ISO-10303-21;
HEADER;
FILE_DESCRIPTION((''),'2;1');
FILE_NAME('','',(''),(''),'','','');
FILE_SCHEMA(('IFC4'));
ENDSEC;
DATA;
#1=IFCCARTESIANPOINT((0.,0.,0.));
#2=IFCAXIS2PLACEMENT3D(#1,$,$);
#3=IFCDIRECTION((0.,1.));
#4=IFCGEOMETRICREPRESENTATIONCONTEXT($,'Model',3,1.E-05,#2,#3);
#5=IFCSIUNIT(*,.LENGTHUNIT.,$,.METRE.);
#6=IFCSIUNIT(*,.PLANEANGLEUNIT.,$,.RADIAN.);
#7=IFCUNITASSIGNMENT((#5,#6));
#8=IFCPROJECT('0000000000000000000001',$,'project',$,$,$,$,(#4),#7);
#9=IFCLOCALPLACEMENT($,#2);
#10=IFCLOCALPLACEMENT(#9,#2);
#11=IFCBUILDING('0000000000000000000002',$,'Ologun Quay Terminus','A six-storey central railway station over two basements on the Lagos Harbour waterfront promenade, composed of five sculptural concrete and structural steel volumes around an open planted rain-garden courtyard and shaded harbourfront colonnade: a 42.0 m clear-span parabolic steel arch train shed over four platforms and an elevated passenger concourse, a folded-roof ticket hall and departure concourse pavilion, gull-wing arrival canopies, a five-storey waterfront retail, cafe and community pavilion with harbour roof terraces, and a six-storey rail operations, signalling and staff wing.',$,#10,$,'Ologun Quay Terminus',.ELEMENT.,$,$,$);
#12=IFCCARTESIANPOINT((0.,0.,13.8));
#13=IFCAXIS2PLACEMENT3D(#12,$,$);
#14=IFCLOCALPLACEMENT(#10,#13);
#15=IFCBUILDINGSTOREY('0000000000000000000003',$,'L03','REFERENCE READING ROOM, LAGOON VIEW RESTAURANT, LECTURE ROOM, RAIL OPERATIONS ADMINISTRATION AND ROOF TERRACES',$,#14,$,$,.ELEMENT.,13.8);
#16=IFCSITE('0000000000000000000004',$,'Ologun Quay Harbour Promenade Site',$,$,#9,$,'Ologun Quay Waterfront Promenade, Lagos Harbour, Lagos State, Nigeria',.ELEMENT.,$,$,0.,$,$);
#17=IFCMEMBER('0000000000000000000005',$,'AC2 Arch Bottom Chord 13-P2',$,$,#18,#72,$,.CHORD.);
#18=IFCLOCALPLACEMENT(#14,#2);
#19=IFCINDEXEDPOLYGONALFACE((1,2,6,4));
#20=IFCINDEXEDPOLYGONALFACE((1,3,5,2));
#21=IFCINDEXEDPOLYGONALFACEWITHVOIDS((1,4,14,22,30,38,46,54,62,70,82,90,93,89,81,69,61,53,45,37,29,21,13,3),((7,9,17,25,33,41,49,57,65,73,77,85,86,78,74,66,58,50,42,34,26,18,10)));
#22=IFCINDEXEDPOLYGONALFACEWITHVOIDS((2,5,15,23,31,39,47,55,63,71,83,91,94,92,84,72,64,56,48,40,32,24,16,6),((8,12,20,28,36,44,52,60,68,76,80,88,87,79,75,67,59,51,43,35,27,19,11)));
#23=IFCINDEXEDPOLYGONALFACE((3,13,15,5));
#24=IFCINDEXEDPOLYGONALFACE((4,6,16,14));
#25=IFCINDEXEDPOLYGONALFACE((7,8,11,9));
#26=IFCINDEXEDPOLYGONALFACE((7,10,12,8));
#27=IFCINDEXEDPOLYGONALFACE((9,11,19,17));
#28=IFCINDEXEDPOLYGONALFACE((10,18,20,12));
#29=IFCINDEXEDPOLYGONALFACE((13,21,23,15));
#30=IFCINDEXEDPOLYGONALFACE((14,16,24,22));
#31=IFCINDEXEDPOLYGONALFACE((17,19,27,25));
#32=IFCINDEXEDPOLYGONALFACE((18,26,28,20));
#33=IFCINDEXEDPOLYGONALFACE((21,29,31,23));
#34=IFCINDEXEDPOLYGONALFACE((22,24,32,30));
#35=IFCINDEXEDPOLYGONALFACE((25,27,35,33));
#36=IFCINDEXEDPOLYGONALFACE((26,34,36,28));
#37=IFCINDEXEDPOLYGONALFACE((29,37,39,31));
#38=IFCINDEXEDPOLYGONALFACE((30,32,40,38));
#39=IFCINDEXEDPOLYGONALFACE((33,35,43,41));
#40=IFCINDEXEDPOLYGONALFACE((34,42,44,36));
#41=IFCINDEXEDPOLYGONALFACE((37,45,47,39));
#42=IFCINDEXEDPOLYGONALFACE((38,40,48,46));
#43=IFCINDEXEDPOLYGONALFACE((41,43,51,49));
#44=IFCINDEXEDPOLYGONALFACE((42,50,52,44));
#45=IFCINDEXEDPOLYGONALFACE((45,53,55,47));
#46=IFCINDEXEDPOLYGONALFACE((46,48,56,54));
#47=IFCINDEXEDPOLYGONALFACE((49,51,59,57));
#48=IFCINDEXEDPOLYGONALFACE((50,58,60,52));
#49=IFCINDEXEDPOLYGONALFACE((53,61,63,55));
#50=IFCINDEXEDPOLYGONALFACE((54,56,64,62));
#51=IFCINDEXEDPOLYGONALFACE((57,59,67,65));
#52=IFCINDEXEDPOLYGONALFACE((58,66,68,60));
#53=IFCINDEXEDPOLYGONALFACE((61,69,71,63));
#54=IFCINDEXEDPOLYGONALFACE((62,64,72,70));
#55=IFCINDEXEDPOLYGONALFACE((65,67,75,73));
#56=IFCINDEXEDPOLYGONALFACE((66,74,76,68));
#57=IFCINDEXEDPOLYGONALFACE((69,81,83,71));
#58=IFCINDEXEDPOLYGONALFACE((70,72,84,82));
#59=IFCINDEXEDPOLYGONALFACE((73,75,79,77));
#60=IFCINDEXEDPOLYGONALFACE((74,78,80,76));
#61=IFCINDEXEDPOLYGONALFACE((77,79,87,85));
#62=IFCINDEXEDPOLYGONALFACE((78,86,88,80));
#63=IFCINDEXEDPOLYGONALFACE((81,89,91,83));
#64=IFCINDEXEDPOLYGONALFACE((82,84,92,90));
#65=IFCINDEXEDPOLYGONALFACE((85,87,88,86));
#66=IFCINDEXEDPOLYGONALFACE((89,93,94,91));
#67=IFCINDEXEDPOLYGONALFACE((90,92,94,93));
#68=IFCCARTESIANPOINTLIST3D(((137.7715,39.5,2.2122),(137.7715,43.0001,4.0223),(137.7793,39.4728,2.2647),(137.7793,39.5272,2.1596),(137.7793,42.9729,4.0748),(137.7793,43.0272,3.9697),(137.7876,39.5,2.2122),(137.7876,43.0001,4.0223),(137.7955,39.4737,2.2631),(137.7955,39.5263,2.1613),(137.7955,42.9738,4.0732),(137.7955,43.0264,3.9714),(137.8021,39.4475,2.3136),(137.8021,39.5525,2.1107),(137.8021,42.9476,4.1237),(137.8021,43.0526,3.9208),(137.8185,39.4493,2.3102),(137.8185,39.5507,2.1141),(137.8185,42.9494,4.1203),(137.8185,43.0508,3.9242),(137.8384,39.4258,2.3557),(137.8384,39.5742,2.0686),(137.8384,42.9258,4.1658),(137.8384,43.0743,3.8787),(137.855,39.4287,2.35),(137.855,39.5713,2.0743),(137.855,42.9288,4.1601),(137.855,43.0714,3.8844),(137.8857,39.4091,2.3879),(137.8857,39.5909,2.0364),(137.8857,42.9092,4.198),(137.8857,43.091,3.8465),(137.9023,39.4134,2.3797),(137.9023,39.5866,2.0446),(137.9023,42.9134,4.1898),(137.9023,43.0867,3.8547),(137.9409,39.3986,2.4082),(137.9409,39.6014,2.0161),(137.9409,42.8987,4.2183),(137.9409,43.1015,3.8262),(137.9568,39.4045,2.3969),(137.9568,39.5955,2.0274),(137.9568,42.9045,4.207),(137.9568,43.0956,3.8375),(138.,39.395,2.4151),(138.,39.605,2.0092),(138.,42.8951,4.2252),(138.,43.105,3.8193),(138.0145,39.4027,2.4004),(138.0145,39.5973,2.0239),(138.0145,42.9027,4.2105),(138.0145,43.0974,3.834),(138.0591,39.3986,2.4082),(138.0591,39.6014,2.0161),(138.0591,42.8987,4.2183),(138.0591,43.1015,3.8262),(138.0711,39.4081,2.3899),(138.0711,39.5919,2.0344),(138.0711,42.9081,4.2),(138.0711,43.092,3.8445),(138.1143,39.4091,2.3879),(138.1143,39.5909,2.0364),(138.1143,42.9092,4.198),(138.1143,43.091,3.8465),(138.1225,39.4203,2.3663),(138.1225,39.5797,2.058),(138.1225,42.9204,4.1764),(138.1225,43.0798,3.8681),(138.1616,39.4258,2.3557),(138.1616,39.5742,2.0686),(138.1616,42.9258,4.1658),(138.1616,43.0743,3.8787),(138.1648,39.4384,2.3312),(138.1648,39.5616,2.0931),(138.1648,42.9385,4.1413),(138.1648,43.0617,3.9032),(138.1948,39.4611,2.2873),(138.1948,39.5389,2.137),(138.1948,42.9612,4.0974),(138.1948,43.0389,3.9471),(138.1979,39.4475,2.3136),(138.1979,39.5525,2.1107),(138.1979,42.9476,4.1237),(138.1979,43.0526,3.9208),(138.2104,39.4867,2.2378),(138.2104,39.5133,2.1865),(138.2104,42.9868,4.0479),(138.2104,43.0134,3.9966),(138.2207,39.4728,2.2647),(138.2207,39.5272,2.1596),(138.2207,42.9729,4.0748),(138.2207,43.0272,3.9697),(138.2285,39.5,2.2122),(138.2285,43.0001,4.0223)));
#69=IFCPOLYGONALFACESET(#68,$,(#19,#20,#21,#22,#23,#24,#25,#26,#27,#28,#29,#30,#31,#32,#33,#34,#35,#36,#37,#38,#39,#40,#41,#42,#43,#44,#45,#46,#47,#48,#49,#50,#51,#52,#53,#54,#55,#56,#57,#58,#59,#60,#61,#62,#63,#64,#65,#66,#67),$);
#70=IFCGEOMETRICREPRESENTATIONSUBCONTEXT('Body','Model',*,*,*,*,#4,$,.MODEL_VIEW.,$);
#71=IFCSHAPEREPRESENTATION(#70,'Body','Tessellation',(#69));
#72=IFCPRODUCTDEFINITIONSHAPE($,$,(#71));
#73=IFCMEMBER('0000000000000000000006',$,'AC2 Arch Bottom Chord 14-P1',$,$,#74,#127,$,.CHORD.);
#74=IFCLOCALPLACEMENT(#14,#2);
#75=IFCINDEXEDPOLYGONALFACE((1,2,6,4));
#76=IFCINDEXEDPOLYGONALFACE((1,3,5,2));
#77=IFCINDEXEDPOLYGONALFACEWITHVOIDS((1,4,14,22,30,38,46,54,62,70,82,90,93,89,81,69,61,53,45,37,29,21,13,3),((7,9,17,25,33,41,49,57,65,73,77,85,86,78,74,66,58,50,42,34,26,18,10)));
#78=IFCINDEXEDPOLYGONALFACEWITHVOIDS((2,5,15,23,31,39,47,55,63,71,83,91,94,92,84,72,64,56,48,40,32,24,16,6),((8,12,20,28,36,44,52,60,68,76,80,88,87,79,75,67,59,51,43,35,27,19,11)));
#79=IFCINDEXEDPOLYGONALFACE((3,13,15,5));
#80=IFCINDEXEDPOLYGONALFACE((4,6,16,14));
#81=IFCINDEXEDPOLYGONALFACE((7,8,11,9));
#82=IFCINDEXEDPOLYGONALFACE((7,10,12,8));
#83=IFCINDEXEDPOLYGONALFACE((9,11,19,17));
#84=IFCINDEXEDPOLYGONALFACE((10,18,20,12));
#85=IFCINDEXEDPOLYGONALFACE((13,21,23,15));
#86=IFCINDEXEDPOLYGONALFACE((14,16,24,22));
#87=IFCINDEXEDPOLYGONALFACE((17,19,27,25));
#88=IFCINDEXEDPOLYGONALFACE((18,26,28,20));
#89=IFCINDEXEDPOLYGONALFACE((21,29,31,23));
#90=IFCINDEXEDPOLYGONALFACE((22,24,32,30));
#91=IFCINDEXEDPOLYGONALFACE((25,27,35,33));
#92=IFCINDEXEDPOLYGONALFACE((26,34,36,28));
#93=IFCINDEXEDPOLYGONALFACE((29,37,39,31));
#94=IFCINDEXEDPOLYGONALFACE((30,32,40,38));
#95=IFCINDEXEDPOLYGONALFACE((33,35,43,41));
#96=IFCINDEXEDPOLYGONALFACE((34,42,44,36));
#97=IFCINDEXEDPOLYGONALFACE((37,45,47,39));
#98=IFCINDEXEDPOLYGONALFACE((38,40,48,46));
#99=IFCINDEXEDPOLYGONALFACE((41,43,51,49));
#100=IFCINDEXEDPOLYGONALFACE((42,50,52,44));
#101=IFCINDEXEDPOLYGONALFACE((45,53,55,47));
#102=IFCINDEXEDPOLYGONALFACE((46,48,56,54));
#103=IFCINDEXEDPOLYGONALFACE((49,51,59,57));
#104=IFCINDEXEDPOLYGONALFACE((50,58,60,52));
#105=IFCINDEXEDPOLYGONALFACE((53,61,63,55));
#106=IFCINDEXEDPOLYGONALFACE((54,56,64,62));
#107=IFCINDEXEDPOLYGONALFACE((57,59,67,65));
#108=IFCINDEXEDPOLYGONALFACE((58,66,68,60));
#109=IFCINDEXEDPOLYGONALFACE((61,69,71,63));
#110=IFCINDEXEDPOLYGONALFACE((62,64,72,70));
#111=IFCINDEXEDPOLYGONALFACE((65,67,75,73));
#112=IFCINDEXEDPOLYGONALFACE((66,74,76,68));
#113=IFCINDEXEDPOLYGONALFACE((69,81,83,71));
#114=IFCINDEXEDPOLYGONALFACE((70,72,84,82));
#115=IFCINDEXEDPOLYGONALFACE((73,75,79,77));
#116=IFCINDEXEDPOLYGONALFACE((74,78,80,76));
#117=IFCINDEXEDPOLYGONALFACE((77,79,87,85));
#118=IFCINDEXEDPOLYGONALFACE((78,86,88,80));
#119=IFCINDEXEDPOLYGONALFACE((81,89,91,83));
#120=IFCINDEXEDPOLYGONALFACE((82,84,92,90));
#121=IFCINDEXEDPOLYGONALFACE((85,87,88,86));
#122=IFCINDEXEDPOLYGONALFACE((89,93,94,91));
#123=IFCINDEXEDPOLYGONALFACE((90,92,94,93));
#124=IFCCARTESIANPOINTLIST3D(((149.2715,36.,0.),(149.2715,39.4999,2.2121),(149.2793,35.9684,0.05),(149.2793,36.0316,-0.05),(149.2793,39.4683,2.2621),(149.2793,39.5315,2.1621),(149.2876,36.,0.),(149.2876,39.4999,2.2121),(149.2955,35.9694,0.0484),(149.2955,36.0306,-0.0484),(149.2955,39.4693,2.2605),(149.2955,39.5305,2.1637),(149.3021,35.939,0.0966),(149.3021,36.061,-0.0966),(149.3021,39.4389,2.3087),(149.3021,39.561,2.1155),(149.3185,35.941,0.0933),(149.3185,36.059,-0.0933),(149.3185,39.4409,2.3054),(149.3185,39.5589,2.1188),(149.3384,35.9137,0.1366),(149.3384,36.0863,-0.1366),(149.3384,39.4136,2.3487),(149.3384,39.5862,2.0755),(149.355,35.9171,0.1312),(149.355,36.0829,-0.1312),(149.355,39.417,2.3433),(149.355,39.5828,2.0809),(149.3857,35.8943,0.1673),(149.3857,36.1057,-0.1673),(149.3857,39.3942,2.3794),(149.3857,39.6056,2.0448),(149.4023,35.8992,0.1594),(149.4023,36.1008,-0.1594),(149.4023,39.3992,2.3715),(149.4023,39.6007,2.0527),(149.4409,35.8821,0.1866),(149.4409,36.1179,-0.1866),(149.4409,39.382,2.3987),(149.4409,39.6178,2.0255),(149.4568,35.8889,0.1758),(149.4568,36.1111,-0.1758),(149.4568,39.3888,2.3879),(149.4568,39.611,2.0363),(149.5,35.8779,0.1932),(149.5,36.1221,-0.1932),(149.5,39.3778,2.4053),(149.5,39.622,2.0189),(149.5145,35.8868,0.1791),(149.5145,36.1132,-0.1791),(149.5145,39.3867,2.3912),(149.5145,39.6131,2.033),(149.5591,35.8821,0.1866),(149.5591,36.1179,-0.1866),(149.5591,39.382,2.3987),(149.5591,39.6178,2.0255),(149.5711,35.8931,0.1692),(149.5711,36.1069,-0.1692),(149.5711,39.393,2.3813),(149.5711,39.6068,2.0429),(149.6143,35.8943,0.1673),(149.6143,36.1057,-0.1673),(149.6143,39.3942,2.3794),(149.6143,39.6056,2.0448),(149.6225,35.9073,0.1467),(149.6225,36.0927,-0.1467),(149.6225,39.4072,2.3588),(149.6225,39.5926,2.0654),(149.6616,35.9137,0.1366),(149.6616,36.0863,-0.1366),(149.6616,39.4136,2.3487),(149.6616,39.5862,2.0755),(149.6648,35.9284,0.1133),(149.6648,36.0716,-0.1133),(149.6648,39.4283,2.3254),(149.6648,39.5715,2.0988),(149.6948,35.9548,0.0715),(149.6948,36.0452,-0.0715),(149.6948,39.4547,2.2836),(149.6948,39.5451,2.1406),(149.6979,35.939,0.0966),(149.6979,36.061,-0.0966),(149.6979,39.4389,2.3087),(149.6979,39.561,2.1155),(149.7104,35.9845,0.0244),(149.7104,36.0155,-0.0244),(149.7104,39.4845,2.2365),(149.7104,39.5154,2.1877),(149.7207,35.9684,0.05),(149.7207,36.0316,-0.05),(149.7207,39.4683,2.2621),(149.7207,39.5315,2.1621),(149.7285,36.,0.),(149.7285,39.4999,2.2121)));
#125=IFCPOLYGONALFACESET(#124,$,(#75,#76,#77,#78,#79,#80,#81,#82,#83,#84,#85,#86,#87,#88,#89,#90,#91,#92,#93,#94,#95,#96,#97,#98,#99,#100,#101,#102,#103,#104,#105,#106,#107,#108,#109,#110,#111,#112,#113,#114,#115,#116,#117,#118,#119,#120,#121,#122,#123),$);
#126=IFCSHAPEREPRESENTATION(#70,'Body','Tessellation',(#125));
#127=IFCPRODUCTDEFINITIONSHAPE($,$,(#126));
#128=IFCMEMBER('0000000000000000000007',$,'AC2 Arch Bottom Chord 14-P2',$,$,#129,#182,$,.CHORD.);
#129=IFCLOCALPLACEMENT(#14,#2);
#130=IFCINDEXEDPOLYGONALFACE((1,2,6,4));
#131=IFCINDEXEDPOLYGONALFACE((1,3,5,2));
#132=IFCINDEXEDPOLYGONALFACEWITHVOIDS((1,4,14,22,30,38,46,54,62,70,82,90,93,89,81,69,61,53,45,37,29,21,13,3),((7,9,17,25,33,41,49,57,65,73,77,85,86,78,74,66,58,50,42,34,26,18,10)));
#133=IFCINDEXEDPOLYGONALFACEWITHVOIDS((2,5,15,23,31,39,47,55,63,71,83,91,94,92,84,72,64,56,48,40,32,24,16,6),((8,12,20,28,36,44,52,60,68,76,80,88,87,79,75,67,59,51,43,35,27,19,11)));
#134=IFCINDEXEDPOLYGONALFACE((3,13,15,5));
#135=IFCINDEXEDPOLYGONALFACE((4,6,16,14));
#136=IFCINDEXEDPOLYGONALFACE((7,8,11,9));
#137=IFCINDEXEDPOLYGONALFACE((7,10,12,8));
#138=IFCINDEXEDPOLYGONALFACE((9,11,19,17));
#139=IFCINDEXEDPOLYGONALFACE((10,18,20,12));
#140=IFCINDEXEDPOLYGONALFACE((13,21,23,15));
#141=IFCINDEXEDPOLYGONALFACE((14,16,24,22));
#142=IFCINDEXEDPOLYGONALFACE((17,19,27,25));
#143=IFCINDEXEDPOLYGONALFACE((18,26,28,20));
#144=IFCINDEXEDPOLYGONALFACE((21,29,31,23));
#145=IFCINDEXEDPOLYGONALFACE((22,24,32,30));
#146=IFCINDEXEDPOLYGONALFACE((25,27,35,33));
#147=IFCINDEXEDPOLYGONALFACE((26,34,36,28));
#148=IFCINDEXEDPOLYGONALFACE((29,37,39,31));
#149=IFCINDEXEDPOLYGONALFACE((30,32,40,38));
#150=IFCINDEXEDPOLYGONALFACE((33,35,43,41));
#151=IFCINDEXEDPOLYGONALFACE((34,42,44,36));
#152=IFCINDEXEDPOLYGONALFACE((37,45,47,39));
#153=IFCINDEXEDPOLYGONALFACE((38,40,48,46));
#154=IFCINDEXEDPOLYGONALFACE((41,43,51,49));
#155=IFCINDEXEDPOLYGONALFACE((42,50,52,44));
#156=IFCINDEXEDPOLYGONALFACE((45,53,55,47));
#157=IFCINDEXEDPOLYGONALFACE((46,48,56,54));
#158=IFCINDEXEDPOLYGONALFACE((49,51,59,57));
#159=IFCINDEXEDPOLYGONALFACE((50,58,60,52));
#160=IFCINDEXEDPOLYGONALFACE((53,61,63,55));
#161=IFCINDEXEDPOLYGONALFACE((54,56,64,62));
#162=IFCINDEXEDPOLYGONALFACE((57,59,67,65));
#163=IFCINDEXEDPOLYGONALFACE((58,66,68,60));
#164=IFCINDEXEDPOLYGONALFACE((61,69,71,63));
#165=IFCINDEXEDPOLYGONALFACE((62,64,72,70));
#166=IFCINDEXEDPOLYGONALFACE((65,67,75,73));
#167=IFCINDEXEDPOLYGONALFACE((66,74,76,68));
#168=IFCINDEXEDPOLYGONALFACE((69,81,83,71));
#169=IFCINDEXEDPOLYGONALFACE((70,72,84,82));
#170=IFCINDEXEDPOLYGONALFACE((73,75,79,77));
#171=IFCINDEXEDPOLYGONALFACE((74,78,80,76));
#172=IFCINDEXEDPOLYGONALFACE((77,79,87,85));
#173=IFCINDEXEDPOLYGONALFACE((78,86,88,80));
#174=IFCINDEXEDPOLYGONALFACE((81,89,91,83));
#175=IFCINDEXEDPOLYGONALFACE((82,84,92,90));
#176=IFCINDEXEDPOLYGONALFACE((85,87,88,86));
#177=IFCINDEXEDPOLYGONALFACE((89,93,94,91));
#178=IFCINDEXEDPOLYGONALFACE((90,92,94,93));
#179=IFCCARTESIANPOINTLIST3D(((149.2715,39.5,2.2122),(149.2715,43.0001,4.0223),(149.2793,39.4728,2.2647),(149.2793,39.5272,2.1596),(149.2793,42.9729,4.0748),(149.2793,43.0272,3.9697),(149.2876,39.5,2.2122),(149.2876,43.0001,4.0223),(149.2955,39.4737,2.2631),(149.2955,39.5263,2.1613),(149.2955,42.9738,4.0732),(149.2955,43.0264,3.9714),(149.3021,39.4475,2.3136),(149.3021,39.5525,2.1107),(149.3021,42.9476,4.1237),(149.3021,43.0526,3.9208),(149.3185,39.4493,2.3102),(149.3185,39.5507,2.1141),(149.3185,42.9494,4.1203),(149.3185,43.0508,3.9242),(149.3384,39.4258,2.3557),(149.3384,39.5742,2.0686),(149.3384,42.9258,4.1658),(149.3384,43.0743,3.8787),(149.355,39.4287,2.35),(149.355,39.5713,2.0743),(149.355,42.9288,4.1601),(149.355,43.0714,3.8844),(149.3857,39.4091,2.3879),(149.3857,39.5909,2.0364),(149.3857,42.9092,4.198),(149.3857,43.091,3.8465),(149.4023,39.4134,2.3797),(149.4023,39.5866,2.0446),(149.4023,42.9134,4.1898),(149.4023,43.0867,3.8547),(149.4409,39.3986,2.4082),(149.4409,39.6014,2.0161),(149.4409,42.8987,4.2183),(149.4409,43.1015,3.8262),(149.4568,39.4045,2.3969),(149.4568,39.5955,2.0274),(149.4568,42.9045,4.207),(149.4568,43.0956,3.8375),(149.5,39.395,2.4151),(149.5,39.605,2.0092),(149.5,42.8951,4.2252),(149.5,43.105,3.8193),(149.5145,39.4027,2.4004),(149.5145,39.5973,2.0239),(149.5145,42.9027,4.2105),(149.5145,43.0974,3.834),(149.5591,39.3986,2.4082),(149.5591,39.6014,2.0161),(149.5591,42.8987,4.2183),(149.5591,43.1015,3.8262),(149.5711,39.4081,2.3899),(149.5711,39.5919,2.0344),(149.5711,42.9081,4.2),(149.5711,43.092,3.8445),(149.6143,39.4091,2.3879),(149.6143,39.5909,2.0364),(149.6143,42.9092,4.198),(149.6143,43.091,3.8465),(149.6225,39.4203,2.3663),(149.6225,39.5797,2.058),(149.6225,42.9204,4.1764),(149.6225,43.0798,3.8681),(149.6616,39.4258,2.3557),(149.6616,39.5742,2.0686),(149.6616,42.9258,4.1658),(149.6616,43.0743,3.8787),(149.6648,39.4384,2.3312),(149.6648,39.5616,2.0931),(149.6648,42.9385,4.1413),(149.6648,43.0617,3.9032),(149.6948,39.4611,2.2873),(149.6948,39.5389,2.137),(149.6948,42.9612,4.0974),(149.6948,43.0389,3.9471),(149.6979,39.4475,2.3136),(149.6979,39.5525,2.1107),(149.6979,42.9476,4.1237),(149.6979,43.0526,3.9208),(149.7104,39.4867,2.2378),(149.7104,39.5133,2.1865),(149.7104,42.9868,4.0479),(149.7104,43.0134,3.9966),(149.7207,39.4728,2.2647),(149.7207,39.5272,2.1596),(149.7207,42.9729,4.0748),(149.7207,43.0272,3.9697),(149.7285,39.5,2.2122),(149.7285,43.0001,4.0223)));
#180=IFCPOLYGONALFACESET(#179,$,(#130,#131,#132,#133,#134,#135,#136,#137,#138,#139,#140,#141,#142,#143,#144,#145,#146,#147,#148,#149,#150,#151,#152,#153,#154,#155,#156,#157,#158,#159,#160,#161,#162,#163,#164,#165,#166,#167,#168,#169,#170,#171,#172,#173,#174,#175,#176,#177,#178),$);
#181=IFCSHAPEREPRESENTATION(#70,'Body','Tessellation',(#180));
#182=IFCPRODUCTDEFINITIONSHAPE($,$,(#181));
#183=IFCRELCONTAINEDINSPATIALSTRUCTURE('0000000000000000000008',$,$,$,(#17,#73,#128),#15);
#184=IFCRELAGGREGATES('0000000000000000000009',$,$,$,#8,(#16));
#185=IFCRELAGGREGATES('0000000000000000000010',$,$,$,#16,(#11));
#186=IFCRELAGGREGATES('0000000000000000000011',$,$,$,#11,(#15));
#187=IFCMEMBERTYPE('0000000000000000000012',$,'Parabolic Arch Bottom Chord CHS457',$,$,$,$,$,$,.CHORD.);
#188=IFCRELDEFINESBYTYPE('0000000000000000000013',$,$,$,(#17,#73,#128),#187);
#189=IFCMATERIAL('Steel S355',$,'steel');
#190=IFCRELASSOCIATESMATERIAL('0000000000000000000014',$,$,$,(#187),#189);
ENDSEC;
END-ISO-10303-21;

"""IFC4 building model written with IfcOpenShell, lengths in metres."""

from ifc_helpers import new_model, si_unit, direction, frame, origin, origin_2d, place, context, subcontext, project, spatial, hollow_circle, extrude, material, material_profile, profile_set, type_object, element, save


model = new_model("IFC4")

# Units and contexts
model_context = context("Model", 3, precision=1e-05, world=origin(), true_north=direction((0.0, 1.0)))
body_context = subcontext(model_context, "Body", "Model", "MODEL_VIEW")
ifc_project = project(units=[si_unit("LENGTHUNIT", "METRE"), si_unit("PLANEANGLEUNIT", "RADIAN")], contexts=[model_context])

# Site, building, storey
site_placement = place(None, origin())
site = spatial("IfcSite", under=ifc_project, at=site_placement, Name="Ologun Quay Harbour Promenade Site", LongName="Ologun Quay Waterfront Promenade, Lagos Harbour, Lagos State, Nigeria", CompositionType="ELEMENT", RefElevation=0.0)
building_placement = place(site_placement, origin())
building = spatial("IfcBuilding", under=site, at=building_placement, Name="Ologun Quay Terminus", Description="A six-storey central railway station over two basements on the Lagos Harbour waterfront promenade, composed of five sculptural concrete and structural steel volumes around an open planted rain-garden courtyard and shaded harbourfront colonnade: a 42.0 m clear-span parabolic steel arch train shed over four platforms and an elevated passenger concourse, a folded-roof ticket hall and departure concourse pavilion, gull-wing arrival canopies, a five-storey waterfront retail, cafe and community pavilion with harbour roof terraces, and a six-storey rail operations, signalling and staff wing.", LongName="Ologun Quay Terminus", CompositionType="ELEMENT")
storey_placement = place(building_placement, frame((0.0, 0.0, 13.8)))
storey = spatial("IfcBuildingStorey", under=building, at=storey_placement, Name="L03", Description="REFERENCE READING ROOM, LAGOON VIEW RESTAURANT, LECTURE ROOM, RAIL OPERATIONS ADMINISTRATION AND ROOF TERRACES", CompositionType="ELEMENT", Elevation=13.8)

# Members
ifc_material_1 = material(Name="Steel S355", Category="steel")
ifc_material_profile_1 = material_profile(ifc_material_1, hollow_circle(Radius=0.2285, WallThickness=0.0161, at=origin_2d()), Name="CHS 457x16")
ifc_profile_set_1 = profile_set([ifc_material_profile_1], Name="Steel S355")
member_type_1 = type_object("IfcMemberType", Name="Parabolic Arch Bottom Chord CHS457", PredefinedType="CHORD", material=ifc_profile_set_1)
member_1_placement = place(storey_placement, frame((138.0, 39.5, 2.2122), z_axis=(0.0, 0.888247, 0.459366), x_axis=(-1.0, 0.0, 0.0)))
element("IfcMember", 1, at=member_1_placement, inside=storey, type_object=member_type_1, Name="AC2 Arch Bottom Chord 13-P2", PredefinedType="CHORD", context=body_context, shape_type="SweptSolid", body=[
    extrude(hollow_circle(Radius=0.2285, WallThickness=0.0161, at=origin_2d()), origin(), (0.0, 0.0, 1.0), 3.9404),
])
member_2_placement = place(storey_placement, frame((149.5, 36.0, 0.0), z_axis=(0.0, 0.845311, 0.534275), x_axis=(-1.0, 0.0, 0.0)))
element("IfcMember", 2, at=member_2_placement, inside=storey, type_object=member_type_1, Name="AC2 Arch Bottom Chord 14-P1", PredefinedType="CHORD", context=body_context, shape_type="SweptSolid", body=[
    extrude(hollow_circle(Radius=0.2285, WallThickness=0.0161, at=origin_2d()), origin(), (0.0, 0.0, 1.0), 4.1404),
])
member_3_placement = place(storey_placement, frame((149.5, 39.5, 2.2122), z_axis=(0.0, 0.888247, 0.459366), x_axis=(-1.0, 0.0, 0.0)))
element("IfcMember", 3, at=member_3_placement, inside=storey, type_object=member_type_1, Name="AC2 Arch Bottom Chord 14-P2", PredefinedType="CHORD", context=body_context, shape_type="SweptSolid", body=[
    extrude(hollow_circle(Radius=0.2285, WallThickness=0.0161, at=origin_2d()), origin(), (0.0, 0.0, 1.0), 3.9404),
])

save(model, "model.ifc")
